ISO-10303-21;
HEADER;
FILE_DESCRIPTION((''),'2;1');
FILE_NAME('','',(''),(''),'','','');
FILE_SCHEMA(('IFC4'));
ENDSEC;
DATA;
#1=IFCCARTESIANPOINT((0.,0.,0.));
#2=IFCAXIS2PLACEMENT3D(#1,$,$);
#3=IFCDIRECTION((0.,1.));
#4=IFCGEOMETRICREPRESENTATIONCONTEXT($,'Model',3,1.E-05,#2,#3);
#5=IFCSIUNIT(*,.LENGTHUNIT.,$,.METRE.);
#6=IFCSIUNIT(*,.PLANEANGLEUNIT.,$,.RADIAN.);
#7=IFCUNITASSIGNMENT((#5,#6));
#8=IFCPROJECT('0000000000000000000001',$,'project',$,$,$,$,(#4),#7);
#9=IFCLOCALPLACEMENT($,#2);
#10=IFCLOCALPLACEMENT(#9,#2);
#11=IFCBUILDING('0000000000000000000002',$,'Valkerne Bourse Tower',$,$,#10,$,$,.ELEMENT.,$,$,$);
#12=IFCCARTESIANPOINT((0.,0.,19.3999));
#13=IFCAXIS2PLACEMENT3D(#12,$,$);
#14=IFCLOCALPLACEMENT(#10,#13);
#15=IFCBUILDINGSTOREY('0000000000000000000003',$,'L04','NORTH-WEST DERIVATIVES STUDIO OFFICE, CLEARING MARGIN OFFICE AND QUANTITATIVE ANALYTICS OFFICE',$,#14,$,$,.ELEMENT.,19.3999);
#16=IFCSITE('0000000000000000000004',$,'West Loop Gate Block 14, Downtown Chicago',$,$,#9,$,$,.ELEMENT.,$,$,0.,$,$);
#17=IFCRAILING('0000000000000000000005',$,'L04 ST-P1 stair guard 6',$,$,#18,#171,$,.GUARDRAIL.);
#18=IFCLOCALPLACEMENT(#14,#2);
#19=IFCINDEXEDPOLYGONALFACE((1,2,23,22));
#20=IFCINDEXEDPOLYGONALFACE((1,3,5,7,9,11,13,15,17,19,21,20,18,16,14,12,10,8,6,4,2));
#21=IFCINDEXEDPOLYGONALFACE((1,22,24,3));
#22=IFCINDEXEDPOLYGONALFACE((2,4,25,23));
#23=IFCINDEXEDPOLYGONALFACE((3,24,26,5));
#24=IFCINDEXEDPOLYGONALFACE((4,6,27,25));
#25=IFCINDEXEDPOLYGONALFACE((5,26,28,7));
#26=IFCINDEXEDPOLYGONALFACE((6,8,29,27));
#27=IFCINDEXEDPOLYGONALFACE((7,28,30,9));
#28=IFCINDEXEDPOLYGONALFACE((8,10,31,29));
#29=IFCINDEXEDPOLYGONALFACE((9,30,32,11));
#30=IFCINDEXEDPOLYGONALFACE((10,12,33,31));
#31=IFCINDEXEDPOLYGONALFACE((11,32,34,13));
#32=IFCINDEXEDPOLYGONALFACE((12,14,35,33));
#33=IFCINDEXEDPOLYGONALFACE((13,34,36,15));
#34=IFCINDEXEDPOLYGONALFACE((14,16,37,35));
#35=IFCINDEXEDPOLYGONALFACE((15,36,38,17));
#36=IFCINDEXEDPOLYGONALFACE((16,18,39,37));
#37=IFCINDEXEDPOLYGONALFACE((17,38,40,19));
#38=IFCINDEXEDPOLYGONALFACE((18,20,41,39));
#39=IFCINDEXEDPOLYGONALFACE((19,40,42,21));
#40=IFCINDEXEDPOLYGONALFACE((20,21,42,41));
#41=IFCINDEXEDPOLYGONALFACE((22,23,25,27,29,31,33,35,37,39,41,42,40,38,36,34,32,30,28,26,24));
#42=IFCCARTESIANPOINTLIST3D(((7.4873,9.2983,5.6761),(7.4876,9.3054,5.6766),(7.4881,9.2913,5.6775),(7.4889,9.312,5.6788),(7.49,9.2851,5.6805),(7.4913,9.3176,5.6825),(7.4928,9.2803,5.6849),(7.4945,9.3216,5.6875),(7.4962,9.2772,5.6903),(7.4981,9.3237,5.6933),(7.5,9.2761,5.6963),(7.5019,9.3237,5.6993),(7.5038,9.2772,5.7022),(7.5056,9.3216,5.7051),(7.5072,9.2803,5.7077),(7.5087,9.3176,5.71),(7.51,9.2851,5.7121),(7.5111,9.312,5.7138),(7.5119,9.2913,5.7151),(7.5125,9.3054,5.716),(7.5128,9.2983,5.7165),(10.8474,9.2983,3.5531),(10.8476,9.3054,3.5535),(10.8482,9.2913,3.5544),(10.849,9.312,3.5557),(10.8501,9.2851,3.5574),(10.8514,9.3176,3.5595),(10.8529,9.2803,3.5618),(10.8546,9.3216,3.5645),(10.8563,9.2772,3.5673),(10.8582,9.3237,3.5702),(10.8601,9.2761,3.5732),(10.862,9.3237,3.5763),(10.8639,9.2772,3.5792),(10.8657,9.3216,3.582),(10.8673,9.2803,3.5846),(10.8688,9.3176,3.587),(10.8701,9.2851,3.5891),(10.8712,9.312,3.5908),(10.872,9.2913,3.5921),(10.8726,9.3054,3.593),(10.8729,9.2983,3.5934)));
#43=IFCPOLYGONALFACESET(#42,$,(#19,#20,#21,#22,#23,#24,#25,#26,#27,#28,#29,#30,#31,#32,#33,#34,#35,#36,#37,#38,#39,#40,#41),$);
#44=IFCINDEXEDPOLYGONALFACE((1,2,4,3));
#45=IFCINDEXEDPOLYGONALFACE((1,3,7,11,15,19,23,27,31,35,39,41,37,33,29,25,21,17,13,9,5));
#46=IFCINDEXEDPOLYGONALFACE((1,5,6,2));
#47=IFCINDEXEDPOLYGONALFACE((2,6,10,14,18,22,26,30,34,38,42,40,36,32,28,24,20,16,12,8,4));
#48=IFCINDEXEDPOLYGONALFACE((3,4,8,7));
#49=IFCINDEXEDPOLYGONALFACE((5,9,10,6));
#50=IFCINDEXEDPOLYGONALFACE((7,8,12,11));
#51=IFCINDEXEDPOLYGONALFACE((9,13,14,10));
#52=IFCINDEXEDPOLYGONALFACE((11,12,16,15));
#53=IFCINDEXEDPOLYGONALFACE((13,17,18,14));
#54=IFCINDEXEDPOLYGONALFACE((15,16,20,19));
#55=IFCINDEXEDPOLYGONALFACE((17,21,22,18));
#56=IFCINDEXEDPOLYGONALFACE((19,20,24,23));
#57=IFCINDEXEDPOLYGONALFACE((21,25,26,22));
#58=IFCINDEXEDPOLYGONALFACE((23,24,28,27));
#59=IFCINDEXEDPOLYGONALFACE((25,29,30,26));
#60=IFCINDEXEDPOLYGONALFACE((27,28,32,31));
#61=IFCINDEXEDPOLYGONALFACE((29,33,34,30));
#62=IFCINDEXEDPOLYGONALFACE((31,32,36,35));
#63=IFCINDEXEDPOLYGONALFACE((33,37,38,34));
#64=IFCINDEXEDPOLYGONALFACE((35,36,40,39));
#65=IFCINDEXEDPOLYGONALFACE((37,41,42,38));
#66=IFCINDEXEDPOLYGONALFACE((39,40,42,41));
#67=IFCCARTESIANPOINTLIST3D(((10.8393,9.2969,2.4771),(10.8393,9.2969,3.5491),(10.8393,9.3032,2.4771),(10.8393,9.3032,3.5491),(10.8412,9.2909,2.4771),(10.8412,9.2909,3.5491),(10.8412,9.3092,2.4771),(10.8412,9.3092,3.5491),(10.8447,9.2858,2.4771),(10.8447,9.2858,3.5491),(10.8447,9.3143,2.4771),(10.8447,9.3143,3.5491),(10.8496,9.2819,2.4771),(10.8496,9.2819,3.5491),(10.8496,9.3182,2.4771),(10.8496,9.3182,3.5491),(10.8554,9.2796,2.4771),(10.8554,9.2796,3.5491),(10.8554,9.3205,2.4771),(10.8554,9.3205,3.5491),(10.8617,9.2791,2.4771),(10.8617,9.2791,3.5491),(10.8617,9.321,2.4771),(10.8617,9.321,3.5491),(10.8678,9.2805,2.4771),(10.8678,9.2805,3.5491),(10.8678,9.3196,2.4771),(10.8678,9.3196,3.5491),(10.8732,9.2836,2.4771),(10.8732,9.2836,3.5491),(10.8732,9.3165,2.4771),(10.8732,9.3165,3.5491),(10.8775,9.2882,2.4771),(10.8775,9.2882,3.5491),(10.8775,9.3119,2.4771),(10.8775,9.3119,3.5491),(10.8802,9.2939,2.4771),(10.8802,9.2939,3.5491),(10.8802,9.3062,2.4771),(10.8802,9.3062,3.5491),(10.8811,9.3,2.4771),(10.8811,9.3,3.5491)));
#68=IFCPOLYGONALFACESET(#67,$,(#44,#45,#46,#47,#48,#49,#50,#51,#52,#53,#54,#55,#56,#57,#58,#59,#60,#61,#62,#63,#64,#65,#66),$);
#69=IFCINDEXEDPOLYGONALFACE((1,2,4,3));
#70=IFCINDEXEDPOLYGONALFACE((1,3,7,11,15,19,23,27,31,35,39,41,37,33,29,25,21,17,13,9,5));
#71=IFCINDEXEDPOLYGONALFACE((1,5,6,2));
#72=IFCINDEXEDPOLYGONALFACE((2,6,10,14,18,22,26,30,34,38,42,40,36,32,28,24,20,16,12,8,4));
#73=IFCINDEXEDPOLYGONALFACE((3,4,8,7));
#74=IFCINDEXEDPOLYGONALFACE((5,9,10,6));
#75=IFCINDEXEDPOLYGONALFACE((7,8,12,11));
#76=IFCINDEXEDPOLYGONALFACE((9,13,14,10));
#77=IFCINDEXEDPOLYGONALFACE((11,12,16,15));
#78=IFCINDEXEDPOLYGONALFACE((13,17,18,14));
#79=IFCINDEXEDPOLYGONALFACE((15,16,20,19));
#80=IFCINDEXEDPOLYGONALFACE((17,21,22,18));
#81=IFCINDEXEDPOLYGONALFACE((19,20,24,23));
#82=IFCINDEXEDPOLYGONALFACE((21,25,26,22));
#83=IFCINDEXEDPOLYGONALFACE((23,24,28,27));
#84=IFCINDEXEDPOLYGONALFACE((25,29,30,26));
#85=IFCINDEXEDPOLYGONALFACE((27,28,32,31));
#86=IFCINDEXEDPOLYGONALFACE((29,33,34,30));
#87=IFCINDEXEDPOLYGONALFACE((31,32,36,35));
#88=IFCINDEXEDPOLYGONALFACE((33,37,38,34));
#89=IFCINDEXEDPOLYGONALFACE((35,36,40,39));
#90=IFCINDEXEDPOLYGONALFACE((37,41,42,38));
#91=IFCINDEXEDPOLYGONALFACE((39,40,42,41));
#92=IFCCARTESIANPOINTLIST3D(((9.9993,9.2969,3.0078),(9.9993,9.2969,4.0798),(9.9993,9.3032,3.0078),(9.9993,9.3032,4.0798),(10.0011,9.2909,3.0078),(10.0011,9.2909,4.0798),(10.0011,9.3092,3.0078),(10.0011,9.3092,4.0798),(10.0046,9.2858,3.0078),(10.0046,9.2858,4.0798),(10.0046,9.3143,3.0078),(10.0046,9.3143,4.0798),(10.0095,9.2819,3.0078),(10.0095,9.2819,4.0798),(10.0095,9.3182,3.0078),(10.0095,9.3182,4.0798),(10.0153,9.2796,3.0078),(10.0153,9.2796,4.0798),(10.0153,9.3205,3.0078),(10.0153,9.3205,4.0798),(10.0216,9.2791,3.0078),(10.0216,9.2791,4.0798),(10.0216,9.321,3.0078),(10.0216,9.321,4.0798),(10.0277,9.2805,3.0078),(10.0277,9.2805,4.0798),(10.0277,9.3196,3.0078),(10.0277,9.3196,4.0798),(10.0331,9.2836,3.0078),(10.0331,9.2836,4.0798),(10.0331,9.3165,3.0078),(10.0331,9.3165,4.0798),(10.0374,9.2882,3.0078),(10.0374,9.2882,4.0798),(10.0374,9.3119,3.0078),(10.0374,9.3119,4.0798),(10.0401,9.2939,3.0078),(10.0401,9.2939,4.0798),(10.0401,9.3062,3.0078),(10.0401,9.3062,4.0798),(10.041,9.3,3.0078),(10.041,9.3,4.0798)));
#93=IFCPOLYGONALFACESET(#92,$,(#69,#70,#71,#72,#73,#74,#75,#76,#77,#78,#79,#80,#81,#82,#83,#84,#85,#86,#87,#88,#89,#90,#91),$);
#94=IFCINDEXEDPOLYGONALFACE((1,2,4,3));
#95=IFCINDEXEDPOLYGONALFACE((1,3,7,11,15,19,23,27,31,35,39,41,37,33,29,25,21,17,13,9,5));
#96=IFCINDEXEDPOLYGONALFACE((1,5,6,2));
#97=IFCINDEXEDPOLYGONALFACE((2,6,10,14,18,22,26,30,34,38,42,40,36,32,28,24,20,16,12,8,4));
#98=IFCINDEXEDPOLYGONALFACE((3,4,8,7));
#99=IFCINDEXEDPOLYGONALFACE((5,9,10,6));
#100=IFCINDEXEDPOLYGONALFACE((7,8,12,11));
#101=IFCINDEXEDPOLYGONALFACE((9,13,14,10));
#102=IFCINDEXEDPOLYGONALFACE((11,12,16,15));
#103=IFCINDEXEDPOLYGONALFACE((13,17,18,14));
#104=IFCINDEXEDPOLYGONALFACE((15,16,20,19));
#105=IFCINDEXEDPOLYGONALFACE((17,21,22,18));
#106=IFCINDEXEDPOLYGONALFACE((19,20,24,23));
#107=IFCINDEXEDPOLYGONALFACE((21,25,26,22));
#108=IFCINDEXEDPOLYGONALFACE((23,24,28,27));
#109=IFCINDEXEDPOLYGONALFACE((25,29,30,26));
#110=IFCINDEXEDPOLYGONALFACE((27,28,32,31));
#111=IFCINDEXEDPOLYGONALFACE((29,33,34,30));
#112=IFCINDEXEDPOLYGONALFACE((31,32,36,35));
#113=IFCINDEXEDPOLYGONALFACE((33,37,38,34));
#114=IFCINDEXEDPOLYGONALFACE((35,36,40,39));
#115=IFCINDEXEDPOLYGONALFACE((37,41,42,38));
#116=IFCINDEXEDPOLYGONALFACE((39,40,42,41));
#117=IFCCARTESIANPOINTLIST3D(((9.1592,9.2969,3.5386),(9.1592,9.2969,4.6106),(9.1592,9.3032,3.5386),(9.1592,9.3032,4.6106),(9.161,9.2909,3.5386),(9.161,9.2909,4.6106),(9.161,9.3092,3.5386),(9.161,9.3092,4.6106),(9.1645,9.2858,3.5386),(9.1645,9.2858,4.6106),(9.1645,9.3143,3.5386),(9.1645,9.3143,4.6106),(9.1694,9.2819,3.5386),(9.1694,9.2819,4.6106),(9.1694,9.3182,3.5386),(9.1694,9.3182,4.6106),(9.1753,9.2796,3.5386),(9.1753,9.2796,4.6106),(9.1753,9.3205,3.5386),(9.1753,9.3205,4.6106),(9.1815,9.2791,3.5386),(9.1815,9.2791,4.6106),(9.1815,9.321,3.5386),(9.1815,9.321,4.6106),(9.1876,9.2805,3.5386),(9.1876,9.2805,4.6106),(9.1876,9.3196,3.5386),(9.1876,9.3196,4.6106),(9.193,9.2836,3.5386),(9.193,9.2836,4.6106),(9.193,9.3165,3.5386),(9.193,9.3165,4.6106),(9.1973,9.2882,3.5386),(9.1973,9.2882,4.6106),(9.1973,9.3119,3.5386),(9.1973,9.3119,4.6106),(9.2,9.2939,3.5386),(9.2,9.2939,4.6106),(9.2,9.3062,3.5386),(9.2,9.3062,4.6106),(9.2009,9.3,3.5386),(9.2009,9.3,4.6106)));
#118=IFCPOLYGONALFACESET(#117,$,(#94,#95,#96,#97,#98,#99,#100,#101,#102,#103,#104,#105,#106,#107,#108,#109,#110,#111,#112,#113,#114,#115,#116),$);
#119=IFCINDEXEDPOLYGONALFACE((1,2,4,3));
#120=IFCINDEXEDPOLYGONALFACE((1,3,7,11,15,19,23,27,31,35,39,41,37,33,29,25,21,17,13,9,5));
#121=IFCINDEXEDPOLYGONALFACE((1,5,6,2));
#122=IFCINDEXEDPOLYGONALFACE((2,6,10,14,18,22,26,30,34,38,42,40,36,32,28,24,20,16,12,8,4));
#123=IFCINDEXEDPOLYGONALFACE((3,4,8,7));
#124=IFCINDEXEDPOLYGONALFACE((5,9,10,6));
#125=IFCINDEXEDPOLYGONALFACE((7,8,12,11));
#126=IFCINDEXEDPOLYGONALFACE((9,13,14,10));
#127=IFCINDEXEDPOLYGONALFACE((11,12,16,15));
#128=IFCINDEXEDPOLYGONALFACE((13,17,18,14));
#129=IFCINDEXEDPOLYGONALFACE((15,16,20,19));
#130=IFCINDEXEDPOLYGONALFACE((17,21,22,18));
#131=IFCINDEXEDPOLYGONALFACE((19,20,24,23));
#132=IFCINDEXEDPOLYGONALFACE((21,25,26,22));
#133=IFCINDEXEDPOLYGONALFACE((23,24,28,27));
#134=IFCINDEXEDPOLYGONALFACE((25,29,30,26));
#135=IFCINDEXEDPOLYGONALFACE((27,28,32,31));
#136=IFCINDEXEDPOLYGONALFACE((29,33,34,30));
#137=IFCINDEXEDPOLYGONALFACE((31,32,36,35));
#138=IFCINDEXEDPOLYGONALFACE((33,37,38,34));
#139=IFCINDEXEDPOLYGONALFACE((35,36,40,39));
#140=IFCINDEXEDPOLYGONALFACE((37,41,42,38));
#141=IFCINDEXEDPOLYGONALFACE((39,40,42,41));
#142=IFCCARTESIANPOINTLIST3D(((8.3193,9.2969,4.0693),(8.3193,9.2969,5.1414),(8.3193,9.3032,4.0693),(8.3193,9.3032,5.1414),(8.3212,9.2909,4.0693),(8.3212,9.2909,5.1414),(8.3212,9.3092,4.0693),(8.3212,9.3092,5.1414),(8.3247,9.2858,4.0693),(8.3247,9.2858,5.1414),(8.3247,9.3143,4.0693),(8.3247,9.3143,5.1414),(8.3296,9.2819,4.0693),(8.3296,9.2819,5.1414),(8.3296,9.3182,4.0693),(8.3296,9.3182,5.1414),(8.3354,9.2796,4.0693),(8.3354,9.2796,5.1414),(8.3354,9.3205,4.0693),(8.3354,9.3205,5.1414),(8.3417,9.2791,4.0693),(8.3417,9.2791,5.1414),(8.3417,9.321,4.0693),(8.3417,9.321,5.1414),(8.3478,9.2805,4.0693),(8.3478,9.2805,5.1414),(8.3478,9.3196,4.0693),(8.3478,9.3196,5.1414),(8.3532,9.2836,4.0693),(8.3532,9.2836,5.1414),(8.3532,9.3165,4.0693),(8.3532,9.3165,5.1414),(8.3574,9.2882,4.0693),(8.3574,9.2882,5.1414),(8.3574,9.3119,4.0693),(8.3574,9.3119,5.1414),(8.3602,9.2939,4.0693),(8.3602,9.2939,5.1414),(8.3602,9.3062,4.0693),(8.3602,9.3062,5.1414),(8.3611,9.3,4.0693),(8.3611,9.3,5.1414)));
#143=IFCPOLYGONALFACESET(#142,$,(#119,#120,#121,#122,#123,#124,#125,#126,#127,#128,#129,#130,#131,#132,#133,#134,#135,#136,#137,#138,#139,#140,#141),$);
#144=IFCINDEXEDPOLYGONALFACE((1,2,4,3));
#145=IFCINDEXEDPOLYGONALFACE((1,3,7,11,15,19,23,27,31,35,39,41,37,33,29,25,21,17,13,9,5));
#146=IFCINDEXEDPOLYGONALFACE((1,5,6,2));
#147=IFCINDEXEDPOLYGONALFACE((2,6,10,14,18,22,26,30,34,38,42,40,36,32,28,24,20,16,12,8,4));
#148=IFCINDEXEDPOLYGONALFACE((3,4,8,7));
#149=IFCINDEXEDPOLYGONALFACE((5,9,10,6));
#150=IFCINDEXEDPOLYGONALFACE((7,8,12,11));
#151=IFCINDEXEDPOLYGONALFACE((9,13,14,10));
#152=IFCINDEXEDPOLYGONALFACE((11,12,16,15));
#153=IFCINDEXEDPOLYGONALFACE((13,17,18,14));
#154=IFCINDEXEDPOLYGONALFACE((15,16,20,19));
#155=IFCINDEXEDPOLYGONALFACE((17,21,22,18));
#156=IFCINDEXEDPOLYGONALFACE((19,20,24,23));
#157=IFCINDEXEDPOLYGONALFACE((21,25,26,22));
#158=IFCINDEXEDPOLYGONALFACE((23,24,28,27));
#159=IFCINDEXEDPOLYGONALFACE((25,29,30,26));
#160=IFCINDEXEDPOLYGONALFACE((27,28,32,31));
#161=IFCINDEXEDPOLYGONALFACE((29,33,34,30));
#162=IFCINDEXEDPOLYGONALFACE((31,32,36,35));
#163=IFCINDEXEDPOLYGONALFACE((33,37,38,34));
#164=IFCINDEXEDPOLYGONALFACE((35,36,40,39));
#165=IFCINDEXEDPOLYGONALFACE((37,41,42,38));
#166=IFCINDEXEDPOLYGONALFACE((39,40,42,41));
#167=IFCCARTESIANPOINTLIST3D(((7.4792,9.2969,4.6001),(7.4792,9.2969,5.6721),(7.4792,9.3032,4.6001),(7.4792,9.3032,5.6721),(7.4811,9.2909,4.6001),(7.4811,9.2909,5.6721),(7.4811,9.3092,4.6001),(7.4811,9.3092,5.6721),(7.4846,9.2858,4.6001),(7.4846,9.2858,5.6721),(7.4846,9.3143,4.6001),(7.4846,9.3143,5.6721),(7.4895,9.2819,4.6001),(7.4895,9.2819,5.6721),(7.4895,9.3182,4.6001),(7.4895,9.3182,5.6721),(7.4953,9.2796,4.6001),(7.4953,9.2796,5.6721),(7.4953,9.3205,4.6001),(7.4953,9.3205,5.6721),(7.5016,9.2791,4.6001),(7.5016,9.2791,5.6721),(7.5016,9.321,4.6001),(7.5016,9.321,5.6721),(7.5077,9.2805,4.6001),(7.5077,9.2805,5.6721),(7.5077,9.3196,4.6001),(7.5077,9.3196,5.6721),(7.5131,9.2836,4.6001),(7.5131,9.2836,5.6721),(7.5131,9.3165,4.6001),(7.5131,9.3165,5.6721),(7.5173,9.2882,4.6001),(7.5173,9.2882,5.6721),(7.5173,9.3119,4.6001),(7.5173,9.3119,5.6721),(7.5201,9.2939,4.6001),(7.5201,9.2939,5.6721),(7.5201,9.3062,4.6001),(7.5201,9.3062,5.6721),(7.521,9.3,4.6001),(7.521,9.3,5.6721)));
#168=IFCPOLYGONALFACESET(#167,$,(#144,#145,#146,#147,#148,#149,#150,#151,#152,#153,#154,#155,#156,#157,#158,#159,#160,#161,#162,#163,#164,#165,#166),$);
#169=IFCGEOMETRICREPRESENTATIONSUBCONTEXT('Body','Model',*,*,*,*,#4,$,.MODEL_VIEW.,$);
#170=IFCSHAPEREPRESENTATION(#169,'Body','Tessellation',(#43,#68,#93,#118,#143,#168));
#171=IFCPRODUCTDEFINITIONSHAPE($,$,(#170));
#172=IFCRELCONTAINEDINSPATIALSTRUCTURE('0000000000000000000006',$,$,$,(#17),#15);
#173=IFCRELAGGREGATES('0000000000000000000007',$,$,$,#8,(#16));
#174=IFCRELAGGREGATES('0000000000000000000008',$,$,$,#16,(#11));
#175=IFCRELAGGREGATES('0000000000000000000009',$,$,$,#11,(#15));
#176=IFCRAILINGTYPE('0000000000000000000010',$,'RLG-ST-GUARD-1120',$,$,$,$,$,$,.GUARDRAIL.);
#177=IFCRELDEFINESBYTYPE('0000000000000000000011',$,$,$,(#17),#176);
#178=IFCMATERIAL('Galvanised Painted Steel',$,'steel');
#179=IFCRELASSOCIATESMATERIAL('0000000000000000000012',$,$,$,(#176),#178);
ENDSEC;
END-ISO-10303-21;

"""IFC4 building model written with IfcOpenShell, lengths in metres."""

from ifc_helpers import new_model, si_unit, direction, frame, origin, origin_2d, place, context, subcontext, project, spatial, circle, extrude, material, type_object, element, save


model = new_model("IFC4")

# Units and contexts
model_context = context("Model", 3, precision=1e-05, world=origin(), true_north=direction((0.0, 1.0)))
body_context = subcontext(model_context, "Body", "Model", "MODEL_VIEW")
ifc_project = project(units=[si_unit("LENGTHUNIT", "METRE"), si_unit("PLANEANGLEUNIT", "RADIAN")], contexts=[model_context])

# Site, building, storey
site_placement = place(None, origin())
site = spatial("IfcSite", under=ifc_project, at=site_placement, Name="West Loop Gate Block 14, Downtown Chicago", CompositionType="ELEMENT", RefElevation=0.0)
building_placement = place(site_placement, origin())
building = spatial("IfcBuilding", under=site, at=building_placement, Name="Valkerne Bourse Tower", CompositionType="ELEMENT")
storey_placement = place(building_placement, frame((0.0, 0.0, 19.3999)))
storey = spatial("IfcBuildingStorey", under=building, at=storey_placement, Name="L04", Description="NORTH-WEST DERIVATIVES STUDIO OFFICE, CLEARING MARGIN OFFICE AND QUANTITATIVE ANALYTICS OFFICE", CompositionType="ELEMENT", Elevation=19.3999)

# Railing
ifc_material_1 = material(Name="Galvanised Painted Steel", Category="steel")
railing_type_1 = type_object("IfcRailingType", Name="RLG-ST-GUARD-1120", PredefinedType="GUARDRAIL", material=ifc_material_1)
railing_1_placement = place(storey_placement, frame((10.8601, 9.3, 2.4771)))
element("IfcRailing", 1, at=railing_1_placement, inside=storey, type_object=railing_type_1, Name="L04 ST-P1 stair guard 6", PredefinedType="GUARDRAIL", context=body_context, shape_type="SweptSolid", body=[
    extrude(circle(Radius=0.0239, at=origin_2d()), frame((0.0, 0.0, 1.0962), z_axis=(-0.84539, 0.0, 0.53415), x_axis=(0.0, -1.0, 0.0)), (0.0, 0.0, 1.0), 3.9746),
    extrude(circle(Radius=0.021, at=origin_2d()), origin(), (0.0, 0.0, 1.0), 1.072),
    extrude(circle(Radius=0.021, at=origin_2d()), frame((-0.8401, 0.0, 0.5308)), (0.0, 0.0, 1.0), 1.072),
    extrude(circle(Radius=0.021, at=origin_2d()), frame((-1.6802, 0.0, 1.0615)), (0.0, 0.0, 1.0), 1.072),
    extrude(circle(Radius=0.021, at=origin_2d()), frame((-2.52, 0.0, 1.5923)), (0.0, 0.0, 1.0), 1.072),
    extrude(circle(Radius=0.021, at=origin_2d()), frame((-3.3601, 0.0, 2.123)), (0.0, 0.0, 1.0), 1.072),
])

save(model, "model.ifc")
